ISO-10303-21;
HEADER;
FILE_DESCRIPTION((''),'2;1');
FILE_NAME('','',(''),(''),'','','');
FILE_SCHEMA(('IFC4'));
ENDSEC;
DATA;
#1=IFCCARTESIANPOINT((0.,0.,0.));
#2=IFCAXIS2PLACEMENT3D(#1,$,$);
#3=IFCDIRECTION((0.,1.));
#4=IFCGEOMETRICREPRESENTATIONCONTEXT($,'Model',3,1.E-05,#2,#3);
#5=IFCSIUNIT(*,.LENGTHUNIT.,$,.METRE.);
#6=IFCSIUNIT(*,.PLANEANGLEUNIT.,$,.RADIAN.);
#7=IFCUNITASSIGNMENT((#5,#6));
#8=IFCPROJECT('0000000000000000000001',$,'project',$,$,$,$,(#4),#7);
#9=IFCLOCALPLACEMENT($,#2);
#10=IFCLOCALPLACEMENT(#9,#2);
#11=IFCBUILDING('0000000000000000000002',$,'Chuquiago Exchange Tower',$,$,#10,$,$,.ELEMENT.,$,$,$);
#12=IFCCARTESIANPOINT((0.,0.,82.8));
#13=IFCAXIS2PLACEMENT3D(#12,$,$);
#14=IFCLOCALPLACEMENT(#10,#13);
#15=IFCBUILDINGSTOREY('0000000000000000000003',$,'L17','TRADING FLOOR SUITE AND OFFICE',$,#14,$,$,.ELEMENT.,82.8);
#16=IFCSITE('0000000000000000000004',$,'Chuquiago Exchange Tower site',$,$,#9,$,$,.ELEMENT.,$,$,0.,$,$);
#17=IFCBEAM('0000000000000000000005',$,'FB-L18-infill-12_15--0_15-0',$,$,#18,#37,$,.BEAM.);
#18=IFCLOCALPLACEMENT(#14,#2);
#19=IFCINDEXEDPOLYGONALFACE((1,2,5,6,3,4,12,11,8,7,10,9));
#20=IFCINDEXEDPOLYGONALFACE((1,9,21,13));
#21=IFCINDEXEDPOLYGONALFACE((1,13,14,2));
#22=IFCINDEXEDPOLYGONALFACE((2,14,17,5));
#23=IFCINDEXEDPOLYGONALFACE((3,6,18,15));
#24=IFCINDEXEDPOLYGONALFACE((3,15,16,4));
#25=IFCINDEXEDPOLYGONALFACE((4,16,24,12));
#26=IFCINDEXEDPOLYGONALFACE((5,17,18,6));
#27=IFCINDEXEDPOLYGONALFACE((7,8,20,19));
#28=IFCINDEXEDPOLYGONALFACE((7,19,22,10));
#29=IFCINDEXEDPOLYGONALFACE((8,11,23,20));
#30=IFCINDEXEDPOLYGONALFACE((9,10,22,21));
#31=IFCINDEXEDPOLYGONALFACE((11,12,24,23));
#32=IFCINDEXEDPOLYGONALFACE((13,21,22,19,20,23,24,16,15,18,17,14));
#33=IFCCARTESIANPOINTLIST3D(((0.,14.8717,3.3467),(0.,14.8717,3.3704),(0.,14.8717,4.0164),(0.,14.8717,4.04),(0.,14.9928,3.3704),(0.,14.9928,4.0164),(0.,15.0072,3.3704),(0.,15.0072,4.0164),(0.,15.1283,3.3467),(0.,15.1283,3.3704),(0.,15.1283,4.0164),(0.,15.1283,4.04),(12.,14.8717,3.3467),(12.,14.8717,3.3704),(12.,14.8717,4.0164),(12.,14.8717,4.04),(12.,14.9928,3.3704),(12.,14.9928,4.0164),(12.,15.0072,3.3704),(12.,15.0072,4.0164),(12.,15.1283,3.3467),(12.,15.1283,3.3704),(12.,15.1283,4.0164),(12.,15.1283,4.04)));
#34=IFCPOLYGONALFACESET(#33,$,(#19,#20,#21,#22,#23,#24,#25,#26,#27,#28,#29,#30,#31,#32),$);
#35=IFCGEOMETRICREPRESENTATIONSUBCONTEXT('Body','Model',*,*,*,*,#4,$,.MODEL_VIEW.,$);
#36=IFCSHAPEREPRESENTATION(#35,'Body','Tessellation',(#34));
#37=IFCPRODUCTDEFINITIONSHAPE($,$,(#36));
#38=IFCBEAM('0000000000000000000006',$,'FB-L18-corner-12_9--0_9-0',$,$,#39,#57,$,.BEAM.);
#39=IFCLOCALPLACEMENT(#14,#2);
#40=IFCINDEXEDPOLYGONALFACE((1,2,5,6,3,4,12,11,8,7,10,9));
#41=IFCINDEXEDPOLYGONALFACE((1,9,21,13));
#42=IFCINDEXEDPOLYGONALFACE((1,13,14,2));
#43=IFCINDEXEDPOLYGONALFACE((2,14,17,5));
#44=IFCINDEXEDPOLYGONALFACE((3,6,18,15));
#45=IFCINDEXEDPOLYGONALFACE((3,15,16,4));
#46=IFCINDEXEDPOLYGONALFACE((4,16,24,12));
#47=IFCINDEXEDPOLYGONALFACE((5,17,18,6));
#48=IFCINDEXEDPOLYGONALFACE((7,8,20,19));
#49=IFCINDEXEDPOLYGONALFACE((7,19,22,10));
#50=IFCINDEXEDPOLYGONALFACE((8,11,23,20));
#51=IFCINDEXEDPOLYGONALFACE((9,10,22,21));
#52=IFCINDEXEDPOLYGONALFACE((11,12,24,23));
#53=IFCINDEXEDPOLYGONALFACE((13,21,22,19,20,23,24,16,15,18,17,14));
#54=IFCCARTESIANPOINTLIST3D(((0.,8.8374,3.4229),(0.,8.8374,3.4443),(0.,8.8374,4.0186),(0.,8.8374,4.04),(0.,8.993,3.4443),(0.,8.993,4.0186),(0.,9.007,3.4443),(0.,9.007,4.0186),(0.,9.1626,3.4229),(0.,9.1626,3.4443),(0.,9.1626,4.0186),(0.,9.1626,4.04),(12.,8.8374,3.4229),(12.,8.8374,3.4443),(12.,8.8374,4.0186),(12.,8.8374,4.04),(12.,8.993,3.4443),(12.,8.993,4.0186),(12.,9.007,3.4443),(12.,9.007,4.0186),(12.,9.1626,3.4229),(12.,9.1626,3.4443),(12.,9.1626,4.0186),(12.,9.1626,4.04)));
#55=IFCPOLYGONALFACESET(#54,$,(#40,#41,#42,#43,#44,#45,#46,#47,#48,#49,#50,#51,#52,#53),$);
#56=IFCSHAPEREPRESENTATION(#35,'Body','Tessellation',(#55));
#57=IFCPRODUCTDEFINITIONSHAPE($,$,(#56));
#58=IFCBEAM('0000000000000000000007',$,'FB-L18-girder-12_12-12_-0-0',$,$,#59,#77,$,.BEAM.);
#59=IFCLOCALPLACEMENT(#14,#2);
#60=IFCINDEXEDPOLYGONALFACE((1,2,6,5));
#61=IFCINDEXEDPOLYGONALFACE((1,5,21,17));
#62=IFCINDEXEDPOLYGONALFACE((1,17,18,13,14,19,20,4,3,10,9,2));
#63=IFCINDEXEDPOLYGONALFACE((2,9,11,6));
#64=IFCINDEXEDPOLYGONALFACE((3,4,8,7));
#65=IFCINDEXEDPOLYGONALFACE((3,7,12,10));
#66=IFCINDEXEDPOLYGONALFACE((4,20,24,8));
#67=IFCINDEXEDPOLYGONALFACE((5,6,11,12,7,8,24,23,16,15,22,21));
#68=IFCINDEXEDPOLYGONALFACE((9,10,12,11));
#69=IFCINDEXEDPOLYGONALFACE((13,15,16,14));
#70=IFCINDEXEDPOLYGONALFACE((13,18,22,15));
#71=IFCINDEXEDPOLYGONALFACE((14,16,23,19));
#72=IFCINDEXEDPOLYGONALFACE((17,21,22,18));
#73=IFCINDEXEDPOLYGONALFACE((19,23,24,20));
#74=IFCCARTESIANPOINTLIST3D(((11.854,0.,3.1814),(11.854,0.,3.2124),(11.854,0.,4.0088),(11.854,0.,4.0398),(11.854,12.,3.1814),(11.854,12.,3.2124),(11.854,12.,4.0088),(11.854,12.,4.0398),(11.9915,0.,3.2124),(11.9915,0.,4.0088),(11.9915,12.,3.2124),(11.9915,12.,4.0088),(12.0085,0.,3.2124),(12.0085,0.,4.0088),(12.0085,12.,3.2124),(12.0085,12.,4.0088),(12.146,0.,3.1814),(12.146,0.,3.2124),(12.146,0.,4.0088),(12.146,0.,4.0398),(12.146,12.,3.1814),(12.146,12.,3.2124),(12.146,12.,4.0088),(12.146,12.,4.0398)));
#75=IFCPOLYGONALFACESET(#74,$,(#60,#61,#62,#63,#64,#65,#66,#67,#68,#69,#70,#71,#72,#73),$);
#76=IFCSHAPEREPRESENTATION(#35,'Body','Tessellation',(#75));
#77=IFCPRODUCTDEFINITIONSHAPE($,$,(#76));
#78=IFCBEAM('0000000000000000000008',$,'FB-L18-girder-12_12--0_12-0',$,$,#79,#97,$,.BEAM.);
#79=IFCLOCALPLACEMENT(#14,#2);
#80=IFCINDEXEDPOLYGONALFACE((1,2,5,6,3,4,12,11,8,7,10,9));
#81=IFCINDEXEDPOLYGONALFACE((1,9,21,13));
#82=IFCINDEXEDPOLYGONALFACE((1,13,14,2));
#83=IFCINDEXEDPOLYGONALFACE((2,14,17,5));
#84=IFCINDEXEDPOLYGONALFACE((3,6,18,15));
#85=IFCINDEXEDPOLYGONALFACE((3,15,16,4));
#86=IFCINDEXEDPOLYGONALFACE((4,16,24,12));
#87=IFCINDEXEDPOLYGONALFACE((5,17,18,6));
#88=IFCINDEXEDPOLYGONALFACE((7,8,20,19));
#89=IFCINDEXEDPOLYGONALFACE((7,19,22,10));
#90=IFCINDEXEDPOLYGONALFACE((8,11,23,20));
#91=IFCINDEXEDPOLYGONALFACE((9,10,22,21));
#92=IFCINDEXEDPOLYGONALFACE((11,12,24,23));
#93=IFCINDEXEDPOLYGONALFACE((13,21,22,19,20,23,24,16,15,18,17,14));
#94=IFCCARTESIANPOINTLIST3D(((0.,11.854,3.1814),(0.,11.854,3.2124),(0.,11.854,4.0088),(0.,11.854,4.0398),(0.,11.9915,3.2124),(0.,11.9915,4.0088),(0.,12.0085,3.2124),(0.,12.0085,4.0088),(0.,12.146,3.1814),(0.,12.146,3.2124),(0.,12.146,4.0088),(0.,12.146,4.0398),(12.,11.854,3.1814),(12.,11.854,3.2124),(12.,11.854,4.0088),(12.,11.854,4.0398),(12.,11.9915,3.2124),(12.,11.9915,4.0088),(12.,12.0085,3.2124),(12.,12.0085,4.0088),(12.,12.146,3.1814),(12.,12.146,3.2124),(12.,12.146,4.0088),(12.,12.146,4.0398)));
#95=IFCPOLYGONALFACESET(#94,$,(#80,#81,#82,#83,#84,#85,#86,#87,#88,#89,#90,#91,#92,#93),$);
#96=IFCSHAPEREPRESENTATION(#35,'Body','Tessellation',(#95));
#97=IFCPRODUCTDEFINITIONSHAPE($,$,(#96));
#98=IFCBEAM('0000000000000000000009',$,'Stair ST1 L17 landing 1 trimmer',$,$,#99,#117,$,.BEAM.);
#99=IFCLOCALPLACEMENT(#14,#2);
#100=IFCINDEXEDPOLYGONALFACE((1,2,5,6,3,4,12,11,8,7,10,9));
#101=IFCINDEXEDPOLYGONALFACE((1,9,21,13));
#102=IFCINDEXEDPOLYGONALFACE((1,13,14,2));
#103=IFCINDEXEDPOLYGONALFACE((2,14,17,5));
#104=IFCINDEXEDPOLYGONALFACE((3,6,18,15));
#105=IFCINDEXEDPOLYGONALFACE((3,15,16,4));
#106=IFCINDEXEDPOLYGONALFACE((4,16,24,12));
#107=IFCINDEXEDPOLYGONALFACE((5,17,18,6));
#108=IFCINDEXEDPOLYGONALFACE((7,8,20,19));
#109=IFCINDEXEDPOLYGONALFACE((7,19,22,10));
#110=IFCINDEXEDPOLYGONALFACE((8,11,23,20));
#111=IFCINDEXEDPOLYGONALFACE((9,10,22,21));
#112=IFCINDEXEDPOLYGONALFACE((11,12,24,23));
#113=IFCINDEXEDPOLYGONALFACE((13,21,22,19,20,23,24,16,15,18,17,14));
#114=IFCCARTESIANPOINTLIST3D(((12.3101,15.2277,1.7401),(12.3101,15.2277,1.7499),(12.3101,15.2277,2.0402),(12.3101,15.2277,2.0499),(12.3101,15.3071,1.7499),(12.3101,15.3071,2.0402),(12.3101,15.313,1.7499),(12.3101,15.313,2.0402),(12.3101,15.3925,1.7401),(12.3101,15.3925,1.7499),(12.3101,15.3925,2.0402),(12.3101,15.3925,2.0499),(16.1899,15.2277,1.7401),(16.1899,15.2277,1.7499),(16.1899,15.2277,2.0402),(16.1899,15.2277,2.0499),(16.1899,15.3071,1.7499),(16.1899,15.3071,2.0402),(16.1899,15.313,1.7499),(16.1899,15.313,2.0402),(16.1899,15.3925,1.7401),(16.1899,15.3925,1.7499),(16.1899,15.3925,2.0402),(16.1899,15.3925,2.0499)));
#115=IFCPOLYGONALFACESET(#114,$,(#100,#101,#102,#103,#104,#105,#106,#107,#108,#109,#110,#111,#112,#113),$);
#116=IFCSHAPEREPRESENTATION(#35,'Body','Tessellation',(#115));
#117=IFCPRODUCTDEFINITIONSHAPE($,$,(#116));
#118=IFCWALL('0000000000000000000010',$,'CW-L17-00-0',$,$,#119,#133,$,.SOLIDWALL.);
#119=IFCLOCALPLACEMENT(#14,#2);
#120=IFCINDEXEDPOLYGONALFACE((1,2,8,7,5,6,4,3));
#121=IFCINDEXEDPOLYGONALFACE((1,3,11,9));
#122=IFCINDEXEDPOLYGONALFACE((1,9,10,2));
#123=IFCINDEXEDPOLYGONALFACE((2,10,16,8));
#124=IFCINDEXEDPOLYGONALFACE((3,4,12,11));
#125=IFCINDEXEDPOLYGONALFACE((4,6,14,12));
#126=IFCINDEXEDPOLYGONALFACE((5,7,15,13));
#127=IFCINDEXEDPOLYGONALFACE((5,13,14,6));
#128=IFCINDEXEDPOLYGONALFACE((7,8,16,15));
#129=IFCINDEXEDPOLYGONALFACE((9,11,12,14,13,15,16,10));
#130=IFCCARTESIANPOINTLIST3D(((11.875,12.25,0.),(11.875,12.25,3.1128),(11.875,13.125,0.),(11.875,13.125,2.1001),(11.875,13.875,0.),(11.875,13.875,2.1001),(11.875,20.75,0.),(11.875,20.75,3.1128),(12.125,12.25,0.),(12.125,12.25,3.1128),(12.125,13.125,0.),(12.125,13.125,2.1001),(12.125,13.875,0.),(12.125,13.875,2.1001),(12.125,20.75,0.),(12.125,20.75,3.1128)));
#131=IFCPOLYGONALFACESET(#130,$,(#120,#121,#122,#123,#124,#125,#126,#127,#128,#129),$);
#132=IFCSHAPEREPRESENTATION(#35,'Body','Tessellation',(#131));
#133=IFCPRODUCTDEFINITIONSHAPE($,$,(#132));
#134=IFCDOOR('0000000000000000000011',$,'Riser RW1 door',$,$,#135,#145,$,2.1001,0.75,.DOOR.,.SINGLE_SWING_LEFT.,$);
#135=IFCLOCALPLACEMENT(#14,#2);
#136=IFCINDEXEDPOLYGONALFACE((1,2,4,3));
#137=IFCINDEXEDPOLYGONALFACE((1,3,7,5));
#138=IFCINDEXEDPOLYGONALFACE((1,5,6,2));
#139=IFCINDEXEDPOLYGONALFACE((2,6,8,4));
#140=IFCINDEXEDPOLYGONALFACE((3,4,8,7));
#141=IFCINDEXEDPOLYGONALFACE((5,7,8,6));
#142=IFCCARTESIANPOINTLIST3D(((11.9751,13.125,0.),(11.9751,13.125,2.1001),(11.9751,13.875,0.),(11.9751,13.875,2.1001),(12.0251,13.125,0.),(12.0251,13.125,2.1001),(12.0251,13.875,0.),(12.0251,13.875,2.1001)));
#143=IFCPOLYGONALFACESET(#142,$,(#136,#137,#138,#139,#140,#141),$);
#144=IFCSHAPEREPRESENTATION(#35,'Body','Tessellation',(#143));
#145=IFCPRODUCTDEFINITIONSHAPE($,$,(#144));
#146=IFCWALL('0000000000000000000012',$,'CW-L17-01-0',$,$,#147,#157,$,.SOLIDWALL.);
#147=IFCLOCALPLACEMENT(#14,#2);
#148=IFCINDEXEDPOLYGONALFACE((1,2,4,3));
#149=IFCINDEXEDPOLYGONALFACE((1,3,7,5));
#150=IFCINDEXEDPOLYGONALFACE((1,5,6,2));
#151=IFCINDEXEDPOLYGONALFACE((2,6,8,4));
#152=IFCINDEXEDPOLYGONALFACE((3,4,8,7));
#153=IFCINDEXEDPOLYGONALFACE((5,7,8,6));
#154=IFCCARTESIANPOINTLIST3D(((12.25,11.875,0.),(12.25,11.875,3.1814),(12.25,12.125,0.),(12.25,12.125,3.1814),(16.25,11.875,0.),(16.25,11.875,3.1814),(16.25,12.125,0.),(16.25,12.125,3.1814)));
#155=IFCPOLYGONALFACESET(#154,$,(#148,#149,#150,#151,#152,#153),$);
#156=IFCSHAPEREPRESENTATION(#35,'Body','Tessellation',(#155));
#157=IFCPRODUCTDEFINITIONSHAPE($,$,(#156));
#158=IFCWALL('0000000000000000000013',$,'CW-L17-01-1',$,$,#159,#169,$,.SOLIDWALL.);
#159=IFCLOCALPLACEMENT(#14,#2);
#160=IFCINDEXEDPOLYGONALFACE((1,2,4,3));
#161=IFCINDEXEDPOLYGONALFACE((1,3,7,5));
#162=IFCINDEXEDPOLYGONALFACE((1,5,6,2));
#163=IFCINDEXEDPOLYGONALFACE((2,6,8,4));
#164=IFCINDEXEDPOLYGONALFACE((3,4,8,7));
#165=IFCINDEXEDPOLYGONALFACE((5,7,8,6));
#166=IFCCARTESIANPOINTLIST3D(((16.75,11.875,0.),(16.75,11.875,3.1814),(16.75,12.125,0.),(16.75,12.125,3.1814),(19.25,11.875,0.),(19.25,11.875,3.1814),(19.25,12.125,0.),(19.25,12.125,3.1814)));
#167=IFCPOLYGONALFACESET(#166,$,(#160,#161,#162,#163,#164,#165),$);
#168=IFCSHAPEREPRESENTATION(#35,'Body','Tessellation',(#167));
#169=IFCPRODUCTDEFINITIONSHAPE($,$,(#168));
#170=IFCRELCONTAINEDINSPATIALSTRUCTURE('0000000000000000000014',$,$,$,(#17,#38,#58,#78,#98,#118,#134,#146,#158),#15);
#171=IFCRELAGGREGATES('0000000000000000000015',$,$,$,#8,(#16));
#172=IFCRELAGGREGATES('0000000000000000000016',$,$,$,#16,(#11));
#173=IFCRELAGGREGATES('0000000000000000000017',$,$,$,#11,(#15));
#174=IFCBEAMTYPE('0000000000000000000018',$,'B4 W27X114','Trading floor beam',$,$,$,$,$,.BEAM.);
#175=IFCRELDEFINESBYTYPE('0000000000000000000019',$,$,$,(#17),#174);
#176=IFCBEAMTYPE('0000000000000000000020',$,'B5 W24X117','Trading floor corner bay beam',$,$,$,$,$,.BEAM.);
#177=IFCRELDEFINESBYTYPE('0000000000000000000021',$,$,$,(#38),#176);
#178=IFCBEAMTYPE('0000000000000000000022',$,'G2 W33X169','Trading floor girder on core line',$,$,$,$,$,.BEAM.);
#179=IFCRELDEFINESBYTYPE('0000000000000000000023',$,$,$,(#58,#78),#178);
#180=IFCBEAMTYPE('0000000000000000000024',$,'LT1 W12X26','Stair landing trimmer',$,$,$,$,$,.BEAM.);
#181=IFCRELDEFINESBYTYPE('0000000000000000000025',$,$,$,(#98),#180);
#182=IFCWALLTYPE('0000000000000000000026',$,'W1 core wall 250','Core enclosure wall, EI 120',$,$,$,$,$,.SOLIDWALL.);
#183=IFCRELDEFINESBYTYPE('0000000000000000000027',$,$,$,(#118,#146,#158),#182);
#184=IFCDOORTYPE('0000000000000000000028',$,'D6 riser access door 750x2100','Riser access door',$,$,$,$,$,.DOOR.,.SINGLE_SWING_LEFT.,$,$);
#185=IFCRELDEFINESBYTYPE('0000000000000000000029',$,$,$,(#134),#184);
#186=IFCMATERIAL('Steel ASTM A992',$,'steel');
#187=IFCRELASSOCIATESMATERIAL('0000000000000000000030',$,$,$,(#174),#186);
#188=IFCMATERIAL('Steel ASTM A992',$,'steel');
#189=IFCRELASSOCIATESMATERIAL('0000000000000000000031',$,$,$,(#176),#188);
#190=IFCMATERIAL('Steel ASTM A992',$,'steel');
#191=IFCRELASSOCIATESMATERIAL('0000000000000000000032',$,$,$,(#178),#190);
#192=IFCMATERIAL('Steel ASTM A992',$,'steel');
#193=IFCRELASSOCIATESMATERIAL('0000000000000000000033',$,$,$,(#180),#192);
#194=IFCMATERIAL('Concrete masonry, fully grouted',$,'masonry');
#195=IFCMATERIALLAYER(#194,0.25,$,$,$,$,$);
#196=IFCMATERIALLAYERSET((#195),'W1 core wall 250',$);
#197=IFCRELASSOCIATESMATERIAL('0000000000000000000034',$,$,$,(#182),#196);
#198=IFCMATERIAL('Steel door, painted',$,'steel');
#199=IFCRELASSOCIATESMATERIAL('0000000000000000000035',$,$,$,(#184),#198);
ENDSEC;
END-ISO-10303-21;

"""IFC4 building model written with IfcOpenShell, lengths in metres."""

from ifc_helpers import new_model, si_unit, direction, frame, frame_2d, origin, origin_2d, place, context, subcontext, project, spatial, rectangle, i_section, extrude, material, layer, layer_set, material_profile, profile_set, type_object, element, fill, save


model = new_model("IFC4")

# Units and contexts
model_context = context("Model", 3, precision=1e-05, world=origin(), true_north=direction((0.0, 1.0)))
body_context = subcontext(model_context, "Body", "Model", "MODEL_VIEW")
ifc_project = project(units=[si_unit("LENGTHUNIT", "METRE"), si_unit("PLANEANGLEUNIT", "RADIAN")], contexts=[model_context])

# Site, building, storey
site_placement = place(None, origin())
site = spatial("IfcSite", under=ifc_project, at=site_placement, Name="Chuquiago Exchange Tower site", CompositionType="ELEMENT", RefElevation=0.0)
building_placement = place(site_placement, origin())
building = spatial("IfcBuilding", under=site, at=building_placement, Name="Chuquiago Exchange Tower", CompositionType="ELEMENT")
storey_placement = place(building_placement, frame((0.0, 0.0, 82.8)))
storey = spatial("IfcBuildingStorey", under=building, at=storey_placement, Name="L17", Description="TRADING FLOOR SUITE AND OFFICE", CompositionType="ELEMENT", Elevation=82.8)

# Beams
ifc_material_1 = material(Name="Steel ASTM A992", Category="steel")
ifc_material_profile_1 = material_profile(ifc_material_1, i_section(OverallWidth=0.2566, OverallDepth=0.6934, WebThickness=0.0144, FlangeThickness=0.0237, at=origin_2d()), Name="W27X114")
ifc_profile_set_1 = profile_set([ifc_material_profile_1], Name="Steel ASTM A992")
beam_type_1 = type_object("IfcBeamType", Name="B4 W27X114", Description="Trading floor beam", PredefinedType="BEAM", material=ifc_profile_set_1)
for number, where, z_axis, x_axis, name in (
    (1, (12.0, 15.0, 3.6934), (-1.0, 0.0, 0.0), (0.0, -1.0, 0.0), "FB-L18-infill-12_15--0_15-0"),
):
    element("IfcBeam", number, at=place(storey_placement, frame(where, z_axis=z_axis, x_axis=x_axis)), inside=storey, type_object=beam_type_1, Name=name, PredefinedType="BEAM", context=body_context, shape_type="SweptSolid", body=[
        extrude(i_section(OverallWidth=0.2566, OverallDepth=0.6934, WebThickness=0.0144, FlangeThickness=0.0237, at=origin_2d()), origin(), (0.0, 0.0, 1.0), 12.0),
    ])
ifc_material_2 = material(Name="Steel ASTM A992", Category="steel")
ifc_material_profile_2 = material_profile(ifc_material_2, i_section(OverallWidth=0.3252, OverallDepth=0.6172, WebThickness=0.0139, FlangeThickness=0.0215, at=origin_2d()), Name="W24X117")
ifc_profile_set_2 = profile_set([ifc_material_profile_2], Name="Steel ASTM A992")
beam_type_2 = type_object("IfcBeamType", Name="B5 W24X117", Description="Trading floor corner bay beam", PredefinedType="BEAM", material=ifc_profile_set_2)
beam_1_placement = place(storey_placement, frame((12.0, 9.0, 3.7314), z_axis=(-1.0, 0.0, 0.0), x_axis=(0.0, -1.0, 0.0)))
element("IfcBeam", 2, at=beam_1_placement, inside=storey, type_object=beam_type_2, Name="FB-L18-corner-12_9--0_9-0", PredefinedType="BEAM", context=body_context, shape_type="SweptSolid", body=[
    extrude(i_section(OverallWidth=0.3252, OverallDepth=0.6172, WebThickness=0.0139, FlangeThickness=0.0215, at=origin_2d()), origin(), (0.0, 0.0, 1.0), 12.0),
])
ifc_material_3 = material(Name="Steel ASTM A992", Category="steel")
ifc_material_profile_3 = material_profile(ifc_material_3, i_section(OverallWidth=0.292, OverallDepth=0.8584, WebThickness=0.0171, FlangeThickness=0.031, at=origin_2d()), Name="W33X169")
ifc_profile_set_3 = profile_set([ifc_material_profile_3], Name="Steel ASTM A992")
beam_type_3 = type_object("IfcBeamType", Name="G2 W33X169", Description="Trading floor girder on core line", PredefinedType="BEAM", material=ifc_profile_set_3)
for number, where, z_axis, x_axis, name in (
    (3, (12.0, 12.0, 3.6106), (0.0, -1.0, 0.0), (1.0, 0.0, 0.0), "FB-L18-girder-12_12-12_-0-0"),
    (4, (12.0, 12.0, 3.6106), (-1.0, 0.0, 0.0), (0.0, -1.0, 0.0), "FB-L18-girder-12_12--0_12-0"),
):
    element("IfcBeam", number, at=place(storey_placement, frame(where, z_axis=z_axis, x_axis=x_axis)), inside=storey, type_object=beam_type_3, Name=name, PredefinedType="BEAM", context=body_context, shape_type="SweptSolid", body=[
        extrude(i_section(OverallWidth=0.292, OverallDepth=0.8584, WebThickness=0.0171, FlangeThickness=0.031, at=origin_2d()), origin(), (0.0, 0.0, 1.0), 12.0),
    ])
ifc_material_4 = material(Name="Steel ASTM A992", Category="steel")
ifc_material_profile_4 = material_profile(ifc_material_4, i_section(OverallWidth=0.1648, OverallDepth=0.3098, WebThickness=0.0059, FlangeThickness=0.0098, at=origin_2d()), Name="W12X26")
ifc_profile_set_4 = profile_set([ifc_material_profile_4], Name="Steel ASTM A992")
beam_type_4 = type_object("IfcBeamType", Name="LT1 W12X26", Description="Stair landing trimmer", PredefinedType="BEAM", material=ifc_profile_set_4)
beam_2_placement = place(storey_placement, frame((12.3101, 15.3101, 1.895), z_axis=(1.0, 0.0, 0.0), x_axis=(0.0, 1.0, 0.0)))
element("IfcBeam", 5, at=beam_2_placement, inside=storey, type_object=beam_type_4, Name="Stair ST1 L17 landing 1 trimmer", PredefinedType="BEAM", context=body_context, shape_type="SweptSolid", body=[
    extrude(i_section(OverallWidth=0.1648, OverallDepth=0.3098, WebThickness=0.0059, FlangeThickness=0.0098, at=origin_2d()), origin(), (0.0, 0.0, 1.0), 3.8799),
])

# Wall, opening, door
ifc_material_5 = material(Name="Concrete masonry, fully grouted", Category="masonry")
ifc_layer_1 = layer(ifc_material_5, 0.25)
ifc_layer_set_1 = layer_set([ifc_layer_1], Name="W1 core wall 250")
wall_type_1 = type_object("IfcWallType", Name="W1 core wall 250", Description="Core enclosure wall, EI 120", PredefinedType="SOLIDWALL", material=ifc_layer_set_1)
wall_1_placement = place(storey_placement, frame((12.0, 12.25, 0.0), z_axis=(0.0, 0.0, 1.0), x_axis=(0.0, 1.0, 0.0)))
wall_1 = element("IfcWall", 6, at=wall_1_placement, inside=storey, type_object=wall_type_1, Name="CW-L17-00-0", PredefinedType="SOLIDWALL", context=body_context, shape_type="SweptSolid", body=[
    extrude(rectangle(XDim=8.5, YDim=0.25, at=frame_2d((4.25, 0.0))), origin(), (0.0, 0.0, 1.0), 3.1128),
])
opening_1_placement = place(wall_1_placement, frame((0.875, 0.0, 0.0)))
opening_1 = element("IfcOpeningElement", 7, at=opening_1_placement, cuts=wall_1, PredefinedType="OPENING", context=body_context, shape_type="SweptSolid", body=[
    extrude(rectangle(XDim=0.75, YDim=2.1001, at=frame_2d((0.375, 1.05))), frame((0.0, 0.135, 0.0), z_axis=(0.0, -1.0, 0.0), x_axis=(1.0, 0.0, 0.0)), (0.0, 0.0, 1.0), 0.27),
])
ifc_material_6 = material(Name="Steel door, painted", Category="steel")
door_type_1 = type_object("IfcDoorType", Name="D6 riser access door 750x2100", Description="Riser access door", OperationType="SINGLE_SWING_LEFT", PredefinedType="DOOR", material=ifc_material_6)
door_1_placement = place(opening_1_placement, origin())
door_1 = element("IfcDoor", 8, at=door_1_placement, inside=storey, type_object=door_type_1, Name="Riser RW1 door", OperationType="SINGLE_SWING_LEFT", OverallHeight=2.1001, OverallWidth=0.75, PredefinedType="DOOR", context=body_context, shape_type="SweptSolid", body=[
    extrude(rectangle(XDim=0.75, YDim=2.1001, at=frame_2d((0.375, 1.05))), frame((0.0, 0.0249, 0.0), z_axis=(0.0, -1.0, 0.0), x_axis=(1.0, 0.0, 0.0)), (0.0, 0.0, 1.0), 0.05),
])
fill(opening_1, door_1)

# Walls
wall_2_placement = place(storey_placement, frame((12.25, 12.0, 0.0), z_axis=(0.0, 0.0, 1.0), x_axis=(1.0, 0.0, 0.0)))
element("IfcWall", 9, at=wall_2_placement, inside=storey, type_object=wall_type_1, Name="CW-L17-01-0", PredefinedType="SOLIDWALL", context=body_context, shape_type="SweptSolid", body=[
    extrude(rectangle(XDim=4.0, YDim=0.25, at=frame_2d((2.0, 0.0))), origin(), (0.0, 0.0, 1.0), 3.1814),
])
wall_3_placement = place(storey_placement, frame((16.75, 12.0, 0.0), z_axis=(0.0, 0.0, 1.0), x_axis=(1.0, 0.0, 0.0)))
element("IfcWall", 10, at=wall_3_placement, inside=storey, type_object=wall_type_1, Name="CW-L17-01-1", PredefinedType="SOLIDWALL", context=body_context, shape_type="SweptSolid", body=[
    extrude(rectangle(XDim=2.5, YDim=0.25, at=frame_2d((1.25, 0.0))), origin(), (0.0, 0.0, 1.0), 3.1814),
])

save(model, "model.ifc")
